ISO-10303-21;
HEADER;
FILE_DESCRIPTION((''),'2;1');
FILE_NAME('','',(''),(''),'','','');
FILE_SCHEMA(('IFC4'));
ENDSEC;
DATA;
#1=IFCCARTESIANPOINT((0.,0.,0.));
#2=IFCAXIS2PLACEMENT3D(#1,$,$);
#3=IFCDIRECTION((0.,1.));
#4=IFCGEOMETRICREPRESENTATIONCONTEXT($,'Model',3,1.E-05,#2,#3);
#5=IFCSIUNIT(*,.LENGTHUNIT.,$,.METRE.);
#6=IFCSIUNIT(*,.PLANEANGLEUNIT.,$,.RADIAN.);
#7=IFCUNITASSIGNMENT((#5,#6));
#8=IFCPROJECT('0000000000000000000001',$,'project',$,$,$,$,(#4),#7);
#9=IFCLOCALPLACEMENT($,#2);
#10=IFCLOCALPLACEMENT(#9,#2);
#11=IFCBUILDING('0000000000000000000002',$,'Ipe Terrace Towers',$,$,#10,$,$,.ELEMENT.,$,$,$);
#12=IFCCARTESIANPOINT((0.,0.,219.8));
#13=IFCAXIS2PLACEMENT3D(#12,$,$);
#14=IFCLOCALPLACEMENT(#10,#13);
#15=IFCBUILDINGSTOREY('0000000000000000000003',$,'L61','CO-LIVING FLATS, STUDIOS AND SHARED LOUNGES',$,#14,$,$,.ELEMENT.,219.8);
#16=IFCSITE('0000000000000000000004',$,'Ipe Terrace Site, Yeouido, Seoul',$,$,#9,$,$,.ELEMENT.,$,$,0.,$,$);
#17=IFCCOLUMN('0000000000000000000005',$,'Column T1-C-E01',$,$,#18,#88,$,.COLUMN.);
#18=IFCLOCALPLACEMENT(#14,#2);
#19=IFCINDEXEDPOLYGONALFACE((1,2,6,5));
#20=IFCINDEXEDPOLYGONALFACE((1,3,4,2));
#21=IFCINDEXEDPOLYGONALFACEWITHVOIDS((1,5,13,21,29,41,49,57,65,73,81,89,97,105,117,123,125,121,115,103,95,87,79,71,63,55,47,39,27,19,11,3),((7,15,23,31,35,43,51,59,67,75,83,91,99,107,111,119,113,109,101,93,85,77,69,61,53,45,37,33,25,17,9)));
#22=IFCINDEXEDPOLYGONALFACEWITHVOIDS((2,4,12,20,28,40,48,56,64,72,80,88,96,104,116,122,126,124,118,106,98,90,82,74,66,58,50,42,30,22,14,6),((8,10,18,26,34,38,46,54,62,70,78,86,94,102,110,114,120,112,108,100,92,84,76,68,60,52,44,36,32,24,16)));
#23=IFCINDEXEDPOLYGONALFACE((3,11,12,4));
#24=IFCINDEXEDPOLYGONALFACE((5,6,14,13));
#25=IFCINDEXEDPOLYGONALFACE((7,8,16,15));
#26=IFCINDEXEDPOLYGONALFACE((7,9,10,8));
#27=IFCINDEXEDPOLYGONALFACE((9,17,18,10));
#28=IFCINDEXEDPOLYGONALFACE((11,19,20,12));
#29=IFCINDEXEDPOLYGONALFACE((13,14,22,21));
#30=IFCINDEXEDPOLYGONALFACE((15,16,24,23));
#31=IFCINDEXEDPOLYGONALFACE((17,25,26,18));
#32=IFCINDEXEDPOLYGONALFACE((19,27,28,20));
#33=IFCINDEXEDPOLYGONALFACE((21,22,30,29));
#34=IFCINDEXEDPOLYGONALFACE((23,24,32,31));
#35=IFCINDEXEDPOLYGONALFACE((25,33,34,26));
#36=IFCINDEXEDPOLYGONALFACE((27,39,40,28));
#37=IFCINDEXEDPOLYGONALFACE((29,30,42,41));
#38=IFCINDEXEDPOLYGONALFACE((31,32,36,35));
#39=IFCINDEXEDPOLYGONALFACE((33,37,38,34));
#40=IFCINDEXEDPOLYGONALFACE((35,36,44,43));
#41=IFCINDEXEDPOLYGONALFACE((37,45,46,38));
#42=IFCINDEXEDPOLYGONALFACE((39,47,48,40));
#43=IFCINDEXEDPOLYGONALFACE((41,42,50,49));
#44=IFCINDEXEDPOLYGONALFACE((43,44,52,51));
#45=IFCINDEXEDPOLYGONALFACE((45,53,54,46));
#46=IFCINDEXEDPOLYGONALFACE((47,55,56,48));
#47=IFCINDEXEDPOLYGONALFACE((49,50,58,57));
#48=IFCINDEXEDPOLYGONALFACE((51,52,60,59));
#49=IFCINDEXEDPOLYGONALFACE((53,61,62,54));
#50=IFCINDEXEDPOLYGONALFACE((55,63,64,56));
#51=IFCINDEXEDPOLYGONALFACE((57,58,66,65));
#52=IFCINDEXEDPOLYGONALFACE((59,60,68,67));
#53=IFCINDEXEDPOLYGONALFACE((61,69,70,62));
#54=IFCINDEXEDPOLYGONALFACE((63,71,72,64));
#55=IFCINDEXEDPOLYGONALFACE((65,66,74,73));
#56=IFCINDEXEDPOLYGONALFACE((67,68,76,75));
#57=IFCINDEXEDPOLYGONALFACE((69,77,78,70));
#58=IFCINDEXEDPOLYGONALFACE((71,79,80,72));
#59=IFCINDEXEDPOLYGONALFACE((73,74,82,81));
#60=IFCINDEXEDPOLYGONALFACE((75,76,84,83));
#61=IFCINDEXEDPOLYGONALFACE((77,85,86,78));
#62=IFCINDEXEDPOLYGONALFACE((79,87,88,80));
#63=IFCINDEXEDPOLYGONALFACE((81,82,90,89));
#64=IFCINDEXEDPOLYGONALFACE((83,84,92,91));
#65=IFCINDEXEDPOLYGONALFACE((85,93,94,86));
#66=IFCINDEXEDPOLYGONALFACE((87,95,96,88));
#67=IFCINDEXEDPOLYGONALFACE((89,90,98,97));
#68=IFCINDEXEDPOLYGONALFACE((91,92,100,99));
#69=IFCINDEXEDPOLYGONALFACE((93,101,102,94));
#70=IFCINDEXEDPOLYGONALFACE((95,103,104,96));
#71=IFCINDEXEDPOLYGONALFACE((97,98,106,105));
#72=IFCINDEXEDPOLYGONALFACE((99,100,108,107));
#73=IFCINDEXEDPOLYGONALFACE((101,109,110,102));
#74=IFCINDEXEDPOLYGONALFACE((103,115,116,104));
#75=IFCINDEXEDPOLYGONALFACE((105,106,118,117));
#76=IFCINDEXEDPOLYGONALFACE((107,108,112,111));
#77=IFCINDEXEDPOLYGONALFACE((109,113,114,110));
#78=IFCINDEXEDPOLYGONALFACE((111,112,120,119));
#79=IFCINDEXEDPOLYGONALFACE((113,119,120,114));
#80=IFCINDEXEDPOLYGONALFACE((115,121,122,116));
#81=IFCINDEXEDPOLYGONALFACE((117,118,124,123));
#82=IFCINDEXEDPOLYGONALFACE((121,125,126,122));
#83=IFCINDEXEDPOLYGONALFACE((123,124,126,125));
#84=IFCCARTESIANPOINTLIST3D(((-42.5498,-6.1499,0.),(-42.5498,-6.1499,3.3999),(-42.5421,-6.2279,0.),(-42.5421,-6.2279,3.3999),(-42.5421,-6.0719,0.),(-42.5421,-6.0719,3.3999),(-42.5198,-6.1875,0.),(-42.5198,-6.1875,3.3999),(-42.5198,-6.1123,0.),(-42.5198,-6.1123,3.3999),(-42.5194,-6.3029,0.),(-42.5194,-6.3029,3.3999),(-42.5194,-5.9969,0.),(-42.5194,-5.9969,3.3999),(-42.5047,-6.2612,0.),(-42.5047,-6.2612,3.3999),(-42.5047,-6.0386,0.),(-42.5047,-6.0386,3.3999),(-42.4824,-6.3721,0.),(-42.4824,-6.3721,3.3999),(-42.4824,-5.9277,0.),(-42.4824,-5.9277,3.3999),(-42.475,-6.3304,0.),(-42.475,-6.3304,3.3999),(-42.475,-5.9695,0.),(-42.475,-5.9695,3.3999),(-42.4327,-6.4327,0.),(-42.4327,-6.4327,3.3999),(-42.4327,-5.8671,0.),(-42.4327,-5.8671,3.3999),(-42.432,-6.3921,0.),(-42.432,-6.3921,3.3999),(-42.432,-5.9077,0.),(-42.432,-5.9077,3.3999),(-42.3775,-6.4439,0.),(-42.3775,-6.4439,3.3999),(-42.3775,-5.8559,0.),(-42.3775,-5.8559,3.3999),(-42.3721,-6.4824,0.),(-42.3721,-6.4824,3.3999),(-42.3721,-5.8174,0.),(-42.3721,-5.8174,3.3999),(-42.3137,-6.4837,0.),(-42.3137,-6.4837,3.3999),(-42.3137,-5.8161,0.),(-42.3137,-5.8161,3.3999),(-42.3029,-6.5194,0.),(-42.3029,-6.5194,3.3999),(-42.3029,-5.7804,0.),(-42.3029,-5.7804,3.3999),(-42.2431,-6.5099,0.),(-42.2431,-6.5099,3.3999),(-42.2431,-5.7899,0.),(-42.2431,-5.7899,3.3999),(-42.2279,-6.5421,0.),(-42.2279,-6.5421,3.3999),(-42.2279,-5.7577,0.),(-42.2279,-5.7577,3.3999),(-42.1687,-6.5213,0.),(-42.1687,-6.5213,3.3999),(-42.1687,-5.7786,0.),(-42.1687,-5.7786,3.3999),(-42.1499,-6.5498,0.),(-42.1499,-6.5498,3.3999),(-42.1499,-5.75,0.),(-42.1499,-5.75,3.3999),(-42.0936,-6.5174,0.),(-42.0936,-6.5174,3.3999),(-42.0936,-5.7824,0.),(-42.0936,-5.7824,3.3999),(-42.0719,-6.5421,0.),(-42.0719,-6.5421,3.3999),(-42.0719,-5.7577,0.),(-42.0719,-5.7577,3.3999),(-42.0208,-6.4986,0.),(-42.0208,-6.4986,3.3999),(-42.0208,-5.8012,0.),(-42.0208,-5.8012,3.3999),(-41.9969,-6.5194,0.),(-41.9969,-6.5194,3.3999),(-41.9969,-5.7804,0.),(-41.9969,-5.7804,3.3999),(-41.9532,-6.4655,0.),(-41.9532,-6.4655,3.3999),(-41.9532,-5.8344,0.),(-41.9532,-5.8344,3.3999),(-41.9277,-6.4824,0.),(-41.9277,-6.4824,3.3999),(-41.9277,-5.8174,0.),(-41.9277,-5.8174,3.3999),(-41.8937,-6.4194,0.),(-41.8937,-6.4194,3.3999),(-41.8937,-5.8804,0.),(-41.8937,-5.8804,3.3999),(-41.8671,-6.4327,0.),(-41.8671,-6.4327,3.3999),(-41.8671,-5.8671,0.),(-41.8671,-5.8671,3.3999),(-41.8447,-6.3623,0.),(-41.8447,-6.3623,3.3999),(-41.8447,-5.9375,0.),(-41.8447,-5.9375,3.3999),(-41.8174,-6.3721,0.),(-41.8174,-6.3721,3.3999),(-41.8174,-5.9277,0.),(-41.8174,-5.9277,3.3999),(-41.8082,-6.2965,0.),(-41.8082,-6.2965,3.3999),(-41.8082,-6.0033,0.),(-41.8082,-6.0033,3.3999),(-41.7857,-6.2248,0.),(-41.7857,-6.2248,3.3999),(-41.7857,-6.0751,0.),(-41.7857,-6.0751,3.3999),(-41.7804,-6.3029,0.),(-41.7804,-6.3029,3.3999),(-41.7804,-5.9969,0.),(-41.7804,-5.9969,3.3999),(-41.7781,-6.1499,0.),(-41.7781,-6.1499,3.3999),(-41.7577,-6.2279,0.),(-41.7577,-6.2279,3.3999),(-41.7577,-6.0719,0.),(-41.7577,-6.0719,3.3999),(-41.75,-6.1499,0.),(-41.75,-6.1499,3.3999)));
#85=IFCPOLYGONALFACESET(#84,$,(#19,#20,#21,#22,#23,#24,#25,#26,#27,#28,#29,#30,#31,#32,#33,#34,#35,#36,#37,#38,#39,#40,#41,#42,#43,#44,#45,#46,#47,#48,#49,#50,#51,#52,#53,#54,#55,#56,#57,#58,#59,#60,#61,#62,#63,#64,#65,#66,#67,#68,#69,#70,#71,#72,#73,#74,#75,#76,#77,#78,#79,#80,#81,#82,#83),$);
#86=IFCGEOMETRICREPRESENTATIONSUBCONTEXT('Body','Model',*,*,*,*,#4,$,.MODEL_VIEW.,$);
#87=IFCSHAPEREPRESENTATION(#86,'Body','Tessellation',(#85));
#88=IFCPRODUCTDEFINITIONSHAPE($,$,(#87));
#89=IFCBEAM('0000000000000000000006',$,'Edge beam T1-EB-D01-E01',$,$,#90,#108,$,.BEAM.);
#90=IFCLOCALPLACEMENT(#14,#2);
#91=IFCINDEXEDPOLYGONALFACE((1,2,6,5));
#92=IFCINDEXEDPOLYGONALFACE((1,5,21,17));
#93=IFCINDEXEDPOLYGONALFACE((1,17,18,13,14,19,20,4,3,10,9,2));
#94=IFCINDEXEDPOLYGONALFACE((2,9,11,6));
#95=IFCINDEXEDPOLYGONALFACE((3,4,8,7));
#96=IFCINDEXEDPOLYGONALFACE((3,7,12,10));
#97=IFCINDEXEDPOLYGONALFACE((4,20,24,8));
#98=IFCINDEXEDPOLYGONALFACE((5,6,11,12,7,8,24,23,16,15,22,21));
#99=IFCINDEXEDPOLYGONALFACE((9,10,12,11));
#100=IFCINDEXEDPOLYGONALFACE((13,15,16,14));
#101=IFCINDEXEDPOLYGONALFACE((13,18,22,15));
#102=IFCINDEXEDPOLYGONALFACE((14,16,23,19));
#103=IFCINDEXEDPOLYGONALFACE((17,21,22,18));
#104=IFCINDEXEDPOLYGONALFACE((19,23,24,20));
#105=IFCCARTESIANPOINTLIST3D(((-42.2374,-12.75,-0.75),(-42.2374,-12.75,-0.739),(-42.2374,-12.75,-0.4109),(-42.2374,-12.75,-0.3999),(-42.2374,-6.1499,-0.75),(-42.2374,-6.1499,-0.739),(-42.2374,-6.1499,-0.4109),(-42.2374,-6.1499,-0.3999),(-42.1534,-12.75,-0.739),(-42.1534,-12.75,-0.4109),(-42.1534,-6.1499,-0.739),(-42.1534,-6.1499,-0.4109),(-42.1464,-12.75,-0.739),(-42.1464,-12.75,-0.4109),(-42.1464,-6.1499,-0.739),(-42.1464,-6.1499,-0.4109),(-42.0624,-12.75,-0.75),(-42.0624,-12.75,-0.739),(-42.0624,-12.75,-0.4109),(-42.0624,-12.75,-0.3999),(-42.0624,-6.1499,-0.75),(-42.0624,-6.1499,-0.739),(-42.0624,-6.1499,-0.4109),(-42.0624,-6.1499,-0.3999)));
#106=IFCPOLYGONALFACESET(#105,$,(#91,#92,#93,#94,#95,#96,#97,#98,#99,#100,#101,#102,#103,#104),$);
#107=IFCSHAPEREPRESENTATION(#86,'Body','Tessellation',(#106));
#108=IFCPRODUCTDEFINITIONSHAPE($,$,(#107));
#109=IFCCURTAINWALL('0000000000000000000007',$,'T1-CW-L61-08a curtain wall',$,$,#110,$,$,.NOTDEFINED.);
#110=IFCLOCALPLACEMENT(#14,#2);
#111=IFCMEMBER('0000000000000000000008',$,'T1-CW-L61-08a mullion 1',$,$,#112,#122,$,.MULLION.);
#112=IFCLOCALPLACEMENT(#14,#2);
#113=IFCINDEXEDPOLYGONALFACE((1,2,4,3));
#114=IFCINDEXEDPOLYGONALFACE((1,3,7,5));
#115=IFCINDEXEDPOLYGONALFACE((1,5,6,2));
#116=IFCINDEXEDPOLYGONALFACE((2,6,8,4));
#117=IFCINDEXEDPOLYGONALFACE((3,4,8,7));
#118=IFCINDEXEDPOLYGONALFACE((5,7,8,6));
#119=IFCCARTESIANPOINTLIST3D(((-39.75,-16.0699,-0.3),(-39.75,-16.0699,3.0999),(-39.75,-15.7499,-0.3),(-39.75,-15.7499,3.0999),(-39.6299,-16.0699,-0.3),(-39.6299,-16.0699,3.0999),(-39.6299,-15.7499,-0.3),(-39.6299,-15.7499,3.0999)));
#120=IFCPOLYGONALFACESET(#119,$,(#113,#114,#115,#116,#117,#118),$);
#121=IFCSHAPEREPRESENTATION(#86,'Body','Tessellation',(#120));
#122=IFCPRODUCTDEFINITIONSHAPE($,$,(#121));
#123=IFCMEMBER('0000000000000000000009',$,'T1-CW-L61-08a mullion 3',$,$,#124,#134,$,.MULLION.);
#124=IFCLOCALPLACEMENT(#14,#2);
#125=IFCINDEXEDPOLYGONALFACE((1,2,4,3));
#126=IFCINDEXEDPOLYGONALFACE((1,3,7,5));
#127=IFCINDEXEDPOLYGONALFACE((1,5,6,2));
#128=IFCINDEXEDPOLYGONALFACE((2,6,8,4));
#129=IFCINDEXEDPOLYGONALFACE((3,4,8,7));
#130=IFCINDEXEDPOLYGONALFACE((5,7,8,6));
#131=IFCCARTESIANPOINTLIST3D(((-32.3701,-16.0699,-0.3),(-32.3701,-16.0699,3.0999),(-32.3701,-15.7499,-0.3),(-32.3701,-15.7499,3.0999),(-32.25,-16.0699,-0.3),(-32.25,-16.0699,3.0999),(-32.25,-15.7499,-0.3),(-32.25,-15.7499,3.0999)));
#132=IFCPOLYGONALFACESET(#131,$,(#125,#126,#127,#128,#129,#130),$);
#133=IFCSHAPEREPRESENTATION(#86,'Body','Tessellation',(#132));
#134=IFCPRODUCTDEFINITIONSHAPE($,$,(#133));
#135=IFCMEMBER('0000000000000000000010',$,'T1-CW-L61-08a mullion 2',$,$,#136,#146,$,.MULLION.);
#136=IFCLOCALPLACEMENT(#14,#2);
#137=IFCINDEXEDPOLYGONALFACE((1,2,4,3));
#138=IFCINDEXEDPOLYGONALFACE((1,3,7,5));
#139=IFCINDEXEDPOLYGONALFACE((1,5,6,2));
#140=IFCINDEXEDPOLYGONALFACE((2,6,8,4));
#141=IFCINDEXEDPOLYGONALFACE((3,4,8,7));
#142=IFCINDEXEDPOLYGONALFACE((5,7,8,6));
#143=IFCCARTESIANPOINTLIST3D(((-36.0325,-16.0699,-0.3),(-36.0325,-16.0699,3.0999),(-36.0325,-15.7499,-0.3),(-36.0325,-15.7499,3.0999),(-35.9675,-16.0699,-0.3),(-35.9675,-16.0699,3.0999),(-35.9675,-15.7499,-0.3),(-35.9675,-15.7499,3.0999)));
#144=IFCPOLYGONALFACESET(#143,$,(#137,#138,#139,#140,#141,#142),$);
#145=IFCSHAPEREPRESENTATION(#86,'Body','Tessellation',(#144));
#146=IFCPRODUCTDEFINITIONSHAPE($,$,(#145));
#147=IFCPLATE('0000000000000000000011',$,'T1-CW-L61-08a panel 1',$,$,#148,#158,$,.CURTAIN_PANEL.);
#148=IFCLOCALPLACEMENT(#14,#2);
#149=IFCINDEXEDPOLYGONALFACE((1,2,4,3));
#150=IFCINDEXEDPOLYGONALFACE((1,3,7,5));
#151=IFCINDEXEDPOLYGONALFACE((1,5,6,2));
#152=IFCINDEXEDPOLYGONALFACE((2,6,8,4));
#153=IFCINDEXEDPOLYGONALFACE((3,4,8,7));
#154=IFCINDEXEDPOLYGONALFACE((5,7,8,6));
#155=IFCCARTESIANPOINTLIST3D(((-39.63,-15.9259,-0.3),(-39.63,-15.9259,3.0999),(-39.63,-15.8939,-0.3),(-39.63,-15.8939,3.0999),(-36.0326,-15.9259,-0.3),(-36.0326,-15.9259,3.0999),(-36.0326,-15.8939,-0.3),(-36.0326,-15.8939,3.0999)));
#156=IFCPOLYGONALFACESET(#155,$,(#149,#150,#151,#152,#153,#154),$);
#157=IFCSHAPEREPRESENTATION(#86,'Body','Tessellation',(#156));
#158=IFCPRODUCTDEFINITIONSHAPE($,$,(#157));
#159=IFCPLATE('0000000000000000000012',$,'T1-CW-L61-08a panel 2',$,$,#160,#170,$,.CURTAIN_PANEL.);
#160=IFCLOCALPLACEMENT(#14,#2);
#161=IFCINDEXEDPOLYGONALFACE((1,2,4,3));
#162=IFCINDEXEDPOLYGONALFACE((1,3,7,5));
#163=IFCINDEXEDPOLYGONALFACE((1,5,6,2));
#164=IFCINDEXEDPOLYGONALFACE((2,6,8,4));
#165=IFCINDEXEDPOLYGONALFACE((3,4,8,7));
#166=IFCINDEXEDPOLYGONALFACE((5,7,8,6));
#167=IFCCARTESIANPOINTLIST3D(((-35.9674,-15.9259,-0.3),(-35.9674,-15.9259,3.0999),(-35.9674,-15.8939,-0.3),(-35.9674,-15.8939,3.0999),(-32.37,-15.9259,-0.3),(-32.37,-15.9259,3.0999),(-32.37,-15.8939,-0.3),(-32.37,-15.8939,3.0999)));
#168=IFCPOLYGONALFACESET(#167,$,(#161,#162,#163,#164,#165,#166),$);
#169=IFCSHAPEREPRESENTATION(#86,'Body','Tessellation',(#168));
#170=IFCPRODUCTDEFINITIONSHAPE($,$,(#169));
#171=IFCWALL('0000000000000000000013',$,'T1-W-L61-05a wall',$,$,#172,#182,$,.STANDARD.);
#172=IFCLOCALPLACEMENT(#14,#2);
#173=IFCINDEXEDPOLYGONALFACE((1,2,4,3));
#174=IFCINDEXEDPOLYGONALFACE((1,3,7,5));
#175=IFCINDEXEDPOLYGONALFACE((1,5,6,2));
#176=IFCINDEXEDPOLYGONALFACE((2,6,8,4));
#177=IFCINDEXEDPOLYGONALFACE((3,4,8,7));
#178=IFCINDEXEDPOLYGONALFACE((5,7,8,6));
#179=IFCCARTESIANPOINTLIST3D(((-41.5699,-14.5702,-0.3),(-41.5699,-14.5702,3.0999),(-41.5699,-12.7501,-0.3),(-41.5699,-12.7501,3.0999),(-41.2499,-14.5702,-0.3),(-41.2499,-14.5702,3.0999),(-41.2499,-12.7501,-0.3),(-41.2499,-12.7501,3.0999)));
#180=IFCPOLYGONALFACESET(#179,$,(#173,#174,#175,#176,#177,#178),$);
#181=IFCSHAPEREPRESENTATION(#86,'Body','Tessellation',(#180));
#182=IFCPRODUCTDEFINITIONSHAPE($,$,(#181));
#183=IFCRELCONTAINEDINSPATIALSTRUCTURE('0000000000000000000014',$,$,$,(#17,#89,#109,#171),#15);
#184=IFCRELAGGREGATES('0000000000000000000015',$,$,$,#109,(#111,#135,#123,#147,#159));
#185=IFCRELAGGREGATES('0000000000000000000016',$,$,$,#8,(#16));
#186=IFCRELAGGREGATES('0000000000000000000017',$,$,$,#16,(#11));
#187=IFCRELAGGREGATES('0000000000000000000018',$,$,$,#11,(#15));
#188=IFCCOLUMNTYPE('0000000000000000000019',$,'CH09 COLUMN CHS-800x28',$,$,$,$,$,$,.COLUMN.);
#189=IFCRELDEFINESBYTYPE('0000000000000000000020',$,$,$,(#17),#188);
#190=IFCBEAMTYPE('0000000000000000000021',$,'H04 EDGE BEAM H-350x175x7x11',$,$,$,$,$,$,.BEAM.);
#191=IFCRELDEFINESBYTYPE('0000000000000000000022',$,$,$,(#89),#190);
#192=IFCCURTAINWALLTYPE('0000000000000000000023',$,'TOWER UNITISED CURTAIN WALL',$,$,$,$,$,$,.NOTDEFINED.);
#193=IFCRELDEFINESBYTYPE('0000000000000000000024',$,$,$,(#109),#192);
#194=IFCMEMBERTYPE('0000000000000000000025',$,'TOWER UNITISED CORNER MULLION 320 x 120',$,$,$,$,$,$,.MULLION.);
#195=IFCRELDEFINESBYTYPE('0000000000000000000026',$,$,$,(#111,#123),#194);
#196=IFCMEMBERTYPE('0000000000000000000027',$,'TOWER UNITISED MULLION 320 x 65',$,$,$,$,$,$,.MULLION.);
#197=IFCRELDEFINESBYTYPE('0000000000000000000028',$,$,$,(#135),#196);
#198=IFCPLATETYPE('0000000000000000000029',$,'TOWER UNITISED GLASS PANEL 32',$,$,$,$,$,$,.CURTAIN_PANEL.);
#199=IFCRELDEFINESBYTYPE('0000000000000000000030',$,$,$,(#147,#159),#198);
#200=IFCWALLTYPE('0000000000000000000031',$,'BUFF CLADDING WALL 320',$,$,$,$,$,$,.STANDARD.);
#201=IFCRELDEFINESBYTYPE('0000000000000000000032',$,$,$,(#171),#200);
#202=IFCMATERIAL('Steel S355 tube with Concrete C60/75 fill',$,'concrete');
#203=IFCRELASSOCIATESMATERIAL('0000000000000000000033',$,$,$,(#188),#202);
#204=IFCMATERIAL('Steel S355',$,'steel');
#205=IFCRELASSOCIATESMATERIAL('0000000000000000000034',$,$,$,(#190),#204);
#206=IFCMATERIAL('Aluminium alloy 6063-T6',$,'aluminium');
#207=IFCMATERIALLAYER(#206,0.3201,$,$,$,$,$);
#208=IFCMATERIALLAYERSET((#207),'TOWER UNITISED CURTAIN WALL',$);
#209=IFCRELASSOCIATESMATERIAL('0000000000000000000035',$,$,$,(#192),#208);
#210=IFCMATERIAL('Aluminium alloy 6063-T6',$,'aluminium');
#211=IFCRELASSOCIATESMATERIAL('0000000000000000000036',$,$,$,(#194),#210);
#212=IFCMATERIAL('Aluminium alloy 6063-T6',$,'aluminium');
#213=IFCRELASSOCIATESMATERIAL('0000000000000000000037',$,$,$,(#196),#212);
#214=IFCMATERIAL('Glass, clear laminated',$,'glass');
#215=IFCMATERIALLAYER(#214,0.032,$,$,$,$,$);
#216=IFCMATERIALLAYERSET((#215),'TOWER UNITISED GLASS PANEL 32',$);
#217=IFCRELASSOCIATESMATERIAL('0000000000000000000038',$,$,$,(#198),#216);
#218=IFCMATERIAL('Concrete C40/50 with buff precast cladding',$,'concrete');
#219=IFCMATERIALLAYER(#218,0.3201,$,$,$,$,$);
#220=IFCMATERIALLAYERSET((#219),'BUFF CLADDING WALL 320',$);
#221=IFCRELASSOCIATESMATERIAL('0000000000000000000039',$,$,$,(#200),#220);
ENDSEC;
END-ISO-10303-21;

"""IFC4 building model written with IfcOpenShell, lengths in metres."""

from ifc_helpers import new_model, si_unit, direction, frame, frame_2d, origin, origin_2d, place, context, subcontext, project, spatial, rectangle, hollow_circle, i_section, extrude, material, layer, layer_set, material_profile, profile_set, type_object, element, aggregate, save


model = new_model("IFC4")

# Units and contexts
model_context = context("Model", 3, precision=1e-05, world=origin(), true_north=direction((0.0, 1.0)))
body_context = subcontext(model_context, "Body", "Model", "MODEL_VIEW")
ifc_project = project(units=[si_unit("LENGTHUNIT", "METRE"), si_unit("PLANEANGLEUNIT", "RADIAN")], contexts=[model_context])

# Site, building, storey
site_placement = place(None, origin())
site = spatial("IfcSite", under=ifc_project, at=site_placement, Name="Ipe Terrace Site, Yeouido, Seoul", CompositionType="ELEMENT", RefElevation=0.0)
building_placement = place(site_placement, origin())
building = spatial("IfcBuilding", under=site, at=building_placement, Name="Ipe Terrace Towers", CompositionType="ELEMENT")
storey_placement = place(building_placement, frame((0.0, 0.0, 219.8)))
storey = spatial("IfcBuildingStorey", under=building, at=storey_placement, Name="L61", Description="CO-LIVING FLATS, STUDIOS AND SHARED LOUNGES", CompositionType="ELEMENT", Elevation=219.8)

# Column
ifc_material_1 = material(Name="Steel S355 tube with Concrete C60/75 fill", Category="concrete")
ifc_material_profile_1 = material_profile(ifc_material_1, hollow_circle(Radius=0.3999, WallThickness=0.0281, at=origin_2d()), Name="CHS-800x28")
ifc_profile_set_1 = profile_set([ifc_material_profile_1], Name="Steel S355 tube with Concrete C60/75 fill")
column_type = type_object("IfcColumnType", Name="CH09 COLUMN CHS-800x28", PredefinedType="COLUMN", material=ifc_profile_set_1)
column_placement = place(storey_placement, frame((-42.1499, -6.1499, 0.0), z_axis=(0.0, 0.0, 1.0), x_axis=(1.0, 0.0, 0.0)))
element("IfcColumn", 1, at=column_placement, inside=storey, type_object=column_type, Name="Column T1-C-E01", PredefinedType="COLUMN", context=body_context, shape_type="SweptSolid", body=[
    extrude(hollow_circle(Radius=0.3999, WallThickness=0.0281, at=origin_2d()), origin(), (0.0, 0.0, 1.0), 3.3999),
])

# Beam
ifc_material_2 = material(Name="Steel S355", Category="steel")
ifc_material_profile_2 = material_profile(ifc_material_2, i_section(OverallWidth=0.175, OverallDepth=0.3501, WebThickness=0.0071, FlangeThickness=0.011, at=origin_2d()), Name="H-350x175x7x11")
ifc_profile_set_2 = profile_set([ifc_material_profile_2], Name="Steel S355")
beam_type = type_object("IfcBeamType", Name="H04 EDGE BEAM H-350x175x7x11", PredefinedType="BEAM", material=ifc_profile_set_2)
beam_placement = place(storey_placement, frame((-42.1499, -12.75, -0.575), z_axis=(0.0, 1.0, 0.0), x_axis=(-1.0, 0.0, 0.0)))
element("IfcBeam", 2, at=beam_placement, inside=storey, type_object=beam_type, Name="Edge beam T1-EB-D01-E01", PredefinedType="BEAM", context=body_context, shape_type="SweptSolid", body=[
    extrude(i_section(OverallWidth=0.175, OverallDepth=0.3501, WebThickness=0.0071, FlangeThickness=0.011, at=origin_2d()), origin(), (0.0, 0.0, 1.0), 6.6001),
])

# Curtain wall, members, plates
ifc_material_3 = material(Name="Aluminium alloy 6063-T6", Category="aluminium")
ifc_layer_1 = layer(ifc_material_3, 0.3201)
ifc_layer_set_1 = layer_set([ifc_layer_1], Name="TOWER UNITISED CURTAIN WALL")
curtain_wall_type = type_object("IfcCurtainWallType", Name="TOWER UNITISED CURTAIN WALL", PredefinedType="NOTDEFINED", material=ifc_layer_set_1)
curtain_wall_placement = place(storey_placement, origin())
curtain_wall = element("IfcCurtainWall", 3, at=curtain_wall_placement, inside=storey, type_object=curtain_wall_type, Name="T1-CW-L61-08a curtain wall", PredefinedType="NOTDEFINED")
ifc_material_4 = material(Name="Aluminium alloy 6063-T6", Category="aluminium")
ifc_material_profile_3 = material_profile(ifc_material_4, rectangle(XDim=0.3201, YDim=0.1201, at=origin_2d()), Name="TOWER UNITISED CORNER MULLION 320 x 120")
ifc_profile_set_3 = profile_set([ifc_material_profile_3], Name="Aluminium alloy 6063-T6")
member_type_1 = type_object("IfcMemberType", Name="TOWER UNITISED CORNER MULLION 320 x 120", PredefinedType="MULLION", material=ifc_profile_set_3)
member_1_placement = place(storey_placement, frame((-39.6899, -15.9099, -0.3), z_axis=(0.0, 0.0, 1.0), x_axis=(0.0, -1.0, 0.0)))
member_1 = element("IfcMember", 4, at=member_1_placement, type_object=member_type_1, Name="T1-CW-L61-08a mullion 1", PredefinedType="MULLION", context=body_context, shape_type="SweptSolid", body=[
    extrude(rectangle(XDim=0.3201, YDim=0.1201, at=origin_2d()), origin(), (0.0, 0.0, 1.0), 3.3999),
])
member_2_placement = place(storey_placement, frame((-32.3101, -15.9099, -0.3), z_axis=(0.0, 0.0, 1.0), x_axis=(0.0, -1.0, 0.0)))
member_2 = element("IfcMember", 5, at=member_2_placement, type_object=member_type_1, Name="T1-CW-L61-08a mullion 3", PredefinedType="MULLION", context=body_context, shape_type="SweptSolid", body=[
    extrude(rectangle(XDim=0.3201, YDim=0.1201, at=origin_2d()), origin(), (0.0, 0.0, 1.0), 3.3999),
])
ifc_material_5 = material(Name="Aluminium alloy 6063-T6", Category="aluminium")
ifc_material_profile_4 = material_profile(ifc_material_5, rectangle(XDim=0.3201, YDim=0.0649, at=origin_2d()), Name="TOWER UNITISED MULLION 320 x 65")
ifc_profile_set_4 = profile_set([ifc_material_profile_4], Name="Aluminium alloy 6063-T6")
member_type_2 = type_object("IfcMemberType", Name="TOWER UNITISED MULLION 320 x 65", PredefinedType="MULLION", material=ifc_profile_set_4)
member_3_placement = place(storey_placement, frame((-36.0, -15.9099, -0.3), z_axis=(0.0, 0.0, 1.0), x_axis=(0.0, -1.0, 0.0)))
member_3 = element("IfcMember", 6, at=member_3_placement, type_object=member_type_2, Name="T1-CW-L61-08a mullion 2", PredefinedType="MULLION", context=body_context, shape_type="SweptSolid", body=[
    extrude(rectangle(XDim=0.3201, YDim=0.0649, at=origin_2d()), origin(), (0.0, 0.0, 1.0), 3.3999),
])
ifc_material_6 = material(Name="Glass, clear laminated", Category="glass")
ifc_layer_2 = layer(ifc_material_6, 0.032)
ifc_layer_set_2 = layer_set([ifc_layer_2], Name="TOWER UNITISED GLASS PANEL 32")
plate_type = type_object("IfcPlateType", Name="TOWER UNITISED GLASS PANEL 32", PredefinedType="CURTAIN_PANEL", material=ifc_layer_set_2)
plate_1_placement = place(storey_placement, frame((-37.8313, -15.9099, -0.3), z_axis=(0.0, 0.0, 1.0), x_axis=(1.0, 0.0, 0.0)))
plate_1 = element("IfcPlate", 7, at=plate_1_placement, type_object=plate_type, Name="T1-CW-L61-08a panel 1", PredefinedType="CURTAIN_PANEL", context=body_context, shape_type="SweptSolid", body=[
    extrude(rectangle(XDim=3.5974, YDim=0.032, at=origin_2d()), origin(), (0.0, 0.0, 1.0), 3.3999),
])
plate_2_placement = place(storey_placement, frame((-34.1687, -15.9099, -0.3), z_axis=(0.0, 0.0, 1.0), x_axis=(1.0, 0.0, 0.0)))
plate_2 = element("IfcPlate", 8, at=plate_2_placement, type_object=plate_type, Name="T1-CW-L61-08a panel 2", PredefinedType="CURTAIN_PANEL", context=body_context, shape_type="SweptSolid", body=[
    extrude(rectangle(XDim=3.5974, YDim=0.032, at=origin_2d()), origin(), (0.0, 0.0, 1.0), 3.3999),
])
aggregate(curtain_wall, [member_1, member_3, member_2, plate_1, plate_2])

# Wall
ifc_material_7 = material(Name="Concrete C40/50 with buff precast cladding", Category="concrete")
ifc_layer_3 = layer(ifc_material_7, 0.3201)
ifc_layer_set_3 = layer_set([ifc_layer_3], Name="BUFF CLADDING WALL 320")
wall_type_1 = type_object("IfcWallType", Name="BUFF CLADDING WALL 320", PredefinedType="STANDARD", material=ifc_layer_set_3)
wall_1_placement = place(storey_placement, frame((-41.4099, -12.75, -0.3), z_axis=(0.0, 0.0, 1.0), x_axis=(0.0, -1.0, 0.0)))
element("IfcWall", 9, at=wall_1_placement, inside=storey, type_object=wall_type_1, Name="T1-W-L61-05a wall", PredefinedType="STANDARD", context=body_context, shape_type="SweptSolid", body=[
    extrude(rectangle(XDim=1.8201, YDim=0.3201, at=frame_2d((0.9102, 0.0))), origin(), (0.0, 0.0, 1.0), 3.3999),
])

save(model, "model.ifc")
